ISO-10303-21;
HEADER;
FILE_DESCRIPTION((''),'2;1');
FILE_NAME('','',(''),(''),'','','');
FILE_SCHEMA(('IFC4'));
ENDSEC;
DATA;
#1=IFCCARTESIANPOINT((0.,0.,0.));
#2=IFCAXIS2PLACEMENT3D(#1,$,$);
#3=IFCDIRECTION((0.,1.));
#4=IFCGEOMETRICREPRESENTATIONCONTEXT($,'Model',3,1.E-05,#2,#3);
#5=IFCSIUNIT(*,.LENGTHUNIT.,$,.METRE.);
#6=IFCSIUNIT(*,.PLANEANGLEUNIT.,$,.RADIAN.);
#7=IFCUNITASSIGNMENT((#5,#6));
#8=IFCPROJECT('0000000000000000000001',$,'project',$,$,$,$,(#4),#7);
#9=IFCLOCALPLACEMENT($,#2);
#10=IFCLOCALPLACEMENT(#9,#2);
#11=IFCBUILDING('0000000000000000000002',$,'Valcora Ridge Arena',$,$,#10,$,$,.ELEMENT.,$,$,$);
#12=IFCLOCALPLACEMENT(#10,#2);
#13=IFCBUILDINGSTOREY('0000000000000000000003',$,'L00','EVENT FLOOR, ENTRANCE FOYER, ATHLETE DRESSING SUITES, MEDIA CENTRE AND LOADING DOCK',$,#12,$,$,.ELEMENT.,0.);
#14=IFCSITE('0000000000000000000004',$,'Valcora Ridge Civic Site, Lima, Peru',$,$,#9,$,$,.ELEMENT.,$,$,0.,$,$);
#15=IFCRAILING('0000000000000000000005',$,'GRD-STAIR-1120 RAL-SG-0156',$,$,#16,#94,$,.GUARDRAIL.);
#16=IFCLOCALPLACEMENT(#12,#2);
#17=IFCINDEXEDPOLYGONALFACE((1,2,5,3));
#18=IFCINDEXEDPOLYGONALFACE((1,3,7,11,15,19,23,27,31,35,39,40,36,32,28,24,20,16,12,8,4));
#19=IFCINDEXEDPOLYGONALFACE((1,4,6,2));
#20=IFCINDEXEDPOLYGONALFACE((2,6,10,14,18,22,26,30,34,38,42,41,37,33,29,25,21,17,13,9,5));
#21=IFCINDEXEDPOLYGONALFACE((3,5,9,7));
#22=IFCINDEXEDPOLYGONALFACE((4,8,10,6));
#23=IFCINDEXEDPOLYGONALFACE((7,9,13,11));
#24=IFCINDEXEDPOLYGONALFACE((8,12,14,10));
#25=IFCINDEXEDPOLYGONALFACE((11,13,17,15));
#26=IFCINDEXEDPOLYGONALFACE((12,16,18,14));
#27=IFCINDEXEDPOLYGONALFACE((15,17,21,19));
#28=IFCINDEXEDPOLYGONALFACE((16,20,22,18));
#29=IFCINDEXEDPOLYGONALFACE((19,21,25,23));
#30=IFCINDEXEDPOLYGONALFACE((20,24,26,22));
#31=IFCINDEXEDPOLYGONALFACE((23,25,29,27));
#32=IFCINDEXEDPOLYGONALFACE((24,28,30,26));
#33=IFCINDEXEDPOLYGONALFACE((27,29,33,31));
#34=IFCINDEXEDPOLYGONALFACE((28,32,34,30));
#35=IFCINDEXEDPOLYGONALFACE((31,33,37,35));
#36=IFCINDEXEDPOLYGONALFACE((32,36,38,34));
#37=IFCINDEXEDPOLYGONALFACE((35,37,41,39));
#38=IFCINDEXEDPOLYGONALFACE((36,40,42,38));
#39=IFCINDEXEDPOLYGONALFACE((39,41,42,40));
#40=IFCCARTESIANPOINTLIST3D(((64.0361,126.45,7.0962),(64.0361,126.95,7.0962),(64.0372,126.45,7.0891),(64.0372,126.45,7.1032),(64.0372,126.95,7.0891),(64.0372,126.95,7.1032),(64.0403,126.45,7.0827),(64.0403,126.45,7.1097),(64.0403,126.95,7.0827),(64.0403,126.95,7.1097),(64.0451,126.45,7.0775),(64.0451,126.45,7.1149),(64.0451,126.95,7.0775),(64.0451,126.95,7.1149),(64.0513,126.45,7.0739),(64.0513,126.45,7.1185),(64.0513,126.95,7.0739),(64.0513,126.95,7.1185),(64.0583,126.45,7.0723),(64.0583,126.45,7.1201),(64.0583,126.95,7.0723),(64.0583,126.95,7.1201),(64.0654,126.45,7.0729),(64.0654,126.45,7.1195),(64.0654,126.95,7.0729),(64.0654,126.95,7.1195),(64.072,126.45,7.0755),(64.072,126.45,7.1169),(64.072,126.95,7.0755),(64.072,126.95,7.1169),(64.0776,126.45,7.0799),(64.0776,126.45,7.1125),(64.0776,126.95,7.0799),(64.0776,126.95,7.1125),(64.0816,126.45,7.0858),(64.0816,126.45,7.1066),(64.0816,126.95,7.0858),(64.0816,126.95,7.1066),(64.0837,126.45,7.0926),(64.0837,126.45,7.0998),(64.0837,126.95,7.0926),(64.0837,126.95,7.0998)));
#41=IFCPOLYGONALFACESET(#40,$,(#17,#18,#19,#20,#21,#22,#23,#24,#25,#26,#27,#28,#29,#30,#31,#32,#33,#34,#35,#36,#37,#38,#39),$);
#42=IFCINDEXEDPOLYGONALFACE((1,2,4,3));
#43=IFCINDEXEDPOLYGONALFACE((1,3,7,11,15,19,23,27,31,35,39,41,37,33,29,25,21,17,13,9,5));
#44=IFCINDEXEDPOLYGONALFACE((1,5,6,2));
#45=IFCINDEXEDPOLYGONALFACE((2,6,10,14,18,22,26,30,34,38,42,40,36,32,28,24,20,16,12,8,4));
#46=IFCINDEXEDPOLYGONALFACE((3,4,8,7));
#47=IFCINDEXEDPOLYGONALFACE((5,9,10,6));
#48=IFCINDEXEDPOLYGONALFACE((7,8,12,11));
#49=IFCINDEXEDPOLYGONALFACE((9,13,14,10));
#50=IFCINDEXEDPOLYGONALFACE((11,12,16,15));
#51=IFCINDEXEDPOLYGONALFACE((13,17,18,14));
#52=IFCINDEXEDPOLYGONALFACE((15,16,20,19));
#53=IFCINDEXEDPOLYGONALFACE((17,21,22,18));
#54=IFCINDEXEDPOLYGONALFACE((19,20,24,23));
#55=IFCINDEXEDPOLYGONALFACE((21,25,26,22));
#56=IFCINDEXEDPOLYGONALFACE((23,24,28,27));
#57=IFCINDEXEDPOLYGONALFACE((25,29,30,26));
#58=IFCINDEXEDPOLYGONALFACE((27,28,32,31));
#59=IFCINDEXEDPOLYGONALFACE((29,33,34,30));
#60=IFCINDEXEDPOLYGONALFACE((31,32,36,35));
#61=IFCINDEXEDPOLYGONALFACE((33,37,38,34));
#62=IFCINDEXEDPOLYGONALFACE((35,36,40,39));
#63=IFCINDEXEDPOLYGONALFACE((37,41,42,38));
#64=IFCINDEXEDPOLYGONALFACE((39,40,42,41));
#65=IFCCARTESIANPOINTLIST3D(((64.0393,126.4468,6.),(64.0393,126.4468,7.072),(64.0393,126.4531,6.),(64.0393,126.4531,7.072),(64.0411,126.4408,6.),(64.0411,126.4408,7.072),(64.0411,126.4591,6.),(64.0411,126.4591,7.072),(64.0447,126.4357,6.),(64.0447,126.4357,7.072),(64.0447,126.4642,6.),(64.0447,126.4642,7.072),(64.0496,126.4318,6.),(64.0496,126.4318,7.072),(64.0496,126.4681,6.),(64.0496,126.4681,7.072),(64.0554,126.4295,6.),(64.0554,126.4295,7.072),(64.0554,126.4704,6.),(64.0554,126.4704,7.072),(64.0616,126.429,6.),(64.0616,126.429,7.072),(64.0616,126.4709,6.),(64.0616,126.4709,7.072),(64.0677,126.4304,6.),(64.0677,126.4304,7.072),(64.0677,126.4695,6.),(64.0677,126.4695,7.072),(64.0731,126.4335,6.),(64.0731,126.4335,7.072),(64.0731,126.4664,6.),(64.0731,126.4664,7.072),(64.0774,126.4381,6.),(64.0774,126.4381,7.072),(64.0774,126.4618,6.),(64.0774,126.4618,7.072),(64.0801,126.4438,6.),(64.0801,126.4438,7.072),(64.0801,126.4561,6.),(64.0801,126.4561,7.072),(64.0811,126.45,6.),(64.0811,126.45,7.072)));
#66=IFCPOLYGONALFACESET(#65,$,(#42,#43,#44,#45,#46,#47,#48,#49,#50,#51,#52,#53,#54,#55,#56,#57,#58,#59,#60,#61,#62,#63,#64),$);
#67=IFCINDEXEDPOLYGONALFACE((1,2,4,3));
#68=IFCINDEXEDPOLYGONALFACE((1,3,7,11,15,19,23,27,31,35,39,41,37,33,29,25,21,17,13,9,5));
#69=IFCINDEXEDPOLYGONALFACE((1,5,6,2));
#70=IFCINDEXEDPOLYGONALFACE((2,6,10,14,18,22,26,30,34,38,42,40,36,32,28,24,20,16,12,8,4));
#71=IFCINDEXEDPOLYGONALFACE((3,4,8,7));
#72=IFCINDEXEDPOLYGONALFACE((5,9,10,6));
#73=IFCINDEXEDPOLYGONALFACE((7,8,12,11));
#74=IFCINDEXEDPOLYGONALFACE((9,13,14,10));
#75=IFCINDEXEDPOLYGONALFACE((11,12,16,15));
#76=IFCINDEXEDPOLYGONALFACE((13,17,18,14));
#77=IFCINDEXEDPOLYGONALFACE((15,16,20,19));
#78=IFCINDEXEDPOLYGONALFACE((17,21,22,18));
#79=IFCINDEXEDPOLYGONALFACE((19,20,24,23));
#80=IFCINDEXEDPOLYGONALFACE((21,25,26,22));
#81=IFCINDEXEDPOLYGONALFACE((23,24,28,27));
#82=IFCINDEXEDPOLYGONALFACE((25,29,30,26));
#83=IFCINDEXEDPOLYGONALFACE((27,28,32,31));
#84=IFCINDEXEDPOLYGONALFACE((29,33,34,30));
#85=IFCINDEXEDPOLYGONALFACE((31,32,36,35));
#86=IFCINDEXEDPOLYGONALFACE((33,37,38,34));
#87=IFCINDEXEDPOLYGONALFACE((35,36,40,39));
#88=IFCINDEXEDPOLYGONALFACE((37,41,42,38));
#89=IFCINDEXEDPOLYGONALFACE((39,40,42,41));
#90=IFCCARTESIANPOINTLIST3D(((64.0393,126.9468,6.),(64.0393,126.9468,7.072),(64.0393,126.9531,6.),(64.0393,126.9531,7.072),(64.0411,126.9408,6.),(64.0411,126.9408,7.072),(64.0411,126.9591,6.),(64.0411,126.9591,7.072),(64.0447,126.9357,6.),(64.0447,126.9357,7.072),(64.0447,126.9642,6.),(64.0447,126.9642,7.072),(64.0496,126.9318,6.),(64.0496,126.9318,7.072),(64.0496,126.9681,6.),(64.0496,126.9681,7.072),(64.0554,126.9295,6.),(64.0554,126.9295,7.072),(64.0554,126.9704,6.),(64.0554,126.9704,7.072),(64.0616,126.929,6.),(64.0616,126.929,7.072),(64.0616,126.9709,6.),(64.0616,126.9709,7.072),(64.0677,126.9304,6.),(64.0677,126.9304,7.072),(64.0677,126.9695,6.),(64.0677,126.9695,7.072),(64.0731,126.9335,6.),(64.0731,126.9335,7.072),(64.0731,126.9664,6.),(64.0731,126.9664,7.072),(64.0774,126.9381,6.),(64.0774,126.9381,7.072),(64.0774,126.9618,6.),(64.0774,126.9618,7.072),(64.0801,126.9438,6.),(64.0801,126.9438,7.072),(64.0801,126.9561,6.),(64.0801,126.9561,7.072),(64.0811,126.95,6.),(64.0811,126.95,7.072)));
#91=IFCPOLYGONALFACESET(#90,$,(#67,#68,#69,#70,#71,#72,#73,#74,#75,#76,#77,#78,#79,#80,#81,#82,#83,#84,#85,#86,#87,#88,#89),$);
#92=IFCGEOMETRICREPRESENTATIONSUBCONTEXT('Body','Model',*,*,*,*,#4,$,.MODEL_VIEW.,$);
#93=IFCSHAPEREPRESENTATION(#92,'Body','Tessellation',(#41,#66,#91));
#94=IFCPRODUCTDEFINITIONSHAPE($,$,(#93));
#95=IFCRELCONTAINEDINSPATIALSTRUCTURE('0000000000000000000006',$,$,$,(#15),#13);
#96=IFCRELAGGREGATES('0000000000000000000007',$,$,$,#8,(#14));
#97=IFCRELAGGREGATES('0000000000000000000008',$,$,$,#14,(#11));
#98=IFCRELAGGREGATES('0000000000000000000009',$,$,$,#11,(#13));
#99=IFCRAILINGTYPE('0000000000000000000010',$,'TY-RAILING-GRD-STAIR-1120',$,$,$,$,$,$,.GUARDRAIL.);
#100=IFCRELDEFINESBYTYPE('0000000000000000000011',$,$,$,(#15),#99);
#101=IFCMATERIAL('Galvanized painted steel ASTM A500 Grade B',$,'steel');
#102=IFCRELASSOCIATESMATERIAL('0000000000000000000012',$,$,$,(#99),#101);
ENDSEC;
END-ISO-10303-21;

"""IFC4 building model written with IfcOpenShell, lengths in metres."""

from ifc_helpers import new_model, si_unit, direction, frame, origin, origin_2d, place, context, subcontext, project, spatial, circle, extrude, material, type_object, element, save


model = new_model("IFC4")

# Units and contexts
model_context = context("Model", 3, precision=1e-05, world=origin(), true_north=direction((0.0, 1.0)))
body_context = subcontext(model_context, "Body", "Model", "MODEL_VIEW")
ifc_project = project(units=[si_unit("LENGTHUNIT", "METRE"), si_unit("PLANEANGLEUNIT", "RADIAN")], contexts=[model_context])

# Site, building, storey
site_placement = place(None, origin())
site = spatial("IfcSite", under=ifc_project, at=site_placement, Name="Valcora Ridge Civic Site, Lima, Peru", CompositionType="ELEMENT", RefElevation=0.0)
building_placement = place(site_placement, origin())
building = spatial("IfcBuilding", under=site, at=building_placement, Name="Valcora Ridge Arena", CompositionType="ELEMENT")
storey_placement = place(building_placement, origin())
storey = spatial("IfcBuildingStorey", under=building, at=storey_placement, Name="L00", Description="EVENT FLOOR, ENTRANCE FOYER, ATHLETE DRESSING SUITES, MEDIA CENTRE AND LOADING DOCK", CompositionType="ELEMENT", Elevation=0.0)

# Railing
ifc_material_1 = material(Name="Galvanized painted steel ASTM A500 Grade B", Category="steel")
railing_type_1 = type_object("IfcRailingType", Name="TY-RAILING-GRD-STAIR-1120", PredefinedType="GUARDRAIL", material=ifc_material_1)
railing_1_placement = place(storey_placement, frame((64.0601, 126.45, 6.0)))
element("IfcRailing", 1, at=railing_1_placement, inside=storey, type_object=railing_type_1, Name="GRD-STAIR-1120 RAL-SG-0156", PredefinedType="GUARDRAIL", context=body_context, shape_type="SweptSolid", body=[
    extrude(circle(Radius=0.0239, at=origin_2d()), frame((0.0, 0.0, 1.0962), z_axis=(0.0, 1.0, 0.0), x_axis=(-1.0, 0.0, 0.0)), (0.0, 0.0, 1.0), 0.5),
    extrude(circle(Radius=0.021, at=origin_2d()), origin(), (0.0, 0.0, 1.0), 1.072),
    extrude(circle(Radius=0.021, at=origin_2d()), frame((0.0, 0.5, 0.0)), (0.0, 0.0, 1.0), 1.072),
])

save(model, "model.ifc")
